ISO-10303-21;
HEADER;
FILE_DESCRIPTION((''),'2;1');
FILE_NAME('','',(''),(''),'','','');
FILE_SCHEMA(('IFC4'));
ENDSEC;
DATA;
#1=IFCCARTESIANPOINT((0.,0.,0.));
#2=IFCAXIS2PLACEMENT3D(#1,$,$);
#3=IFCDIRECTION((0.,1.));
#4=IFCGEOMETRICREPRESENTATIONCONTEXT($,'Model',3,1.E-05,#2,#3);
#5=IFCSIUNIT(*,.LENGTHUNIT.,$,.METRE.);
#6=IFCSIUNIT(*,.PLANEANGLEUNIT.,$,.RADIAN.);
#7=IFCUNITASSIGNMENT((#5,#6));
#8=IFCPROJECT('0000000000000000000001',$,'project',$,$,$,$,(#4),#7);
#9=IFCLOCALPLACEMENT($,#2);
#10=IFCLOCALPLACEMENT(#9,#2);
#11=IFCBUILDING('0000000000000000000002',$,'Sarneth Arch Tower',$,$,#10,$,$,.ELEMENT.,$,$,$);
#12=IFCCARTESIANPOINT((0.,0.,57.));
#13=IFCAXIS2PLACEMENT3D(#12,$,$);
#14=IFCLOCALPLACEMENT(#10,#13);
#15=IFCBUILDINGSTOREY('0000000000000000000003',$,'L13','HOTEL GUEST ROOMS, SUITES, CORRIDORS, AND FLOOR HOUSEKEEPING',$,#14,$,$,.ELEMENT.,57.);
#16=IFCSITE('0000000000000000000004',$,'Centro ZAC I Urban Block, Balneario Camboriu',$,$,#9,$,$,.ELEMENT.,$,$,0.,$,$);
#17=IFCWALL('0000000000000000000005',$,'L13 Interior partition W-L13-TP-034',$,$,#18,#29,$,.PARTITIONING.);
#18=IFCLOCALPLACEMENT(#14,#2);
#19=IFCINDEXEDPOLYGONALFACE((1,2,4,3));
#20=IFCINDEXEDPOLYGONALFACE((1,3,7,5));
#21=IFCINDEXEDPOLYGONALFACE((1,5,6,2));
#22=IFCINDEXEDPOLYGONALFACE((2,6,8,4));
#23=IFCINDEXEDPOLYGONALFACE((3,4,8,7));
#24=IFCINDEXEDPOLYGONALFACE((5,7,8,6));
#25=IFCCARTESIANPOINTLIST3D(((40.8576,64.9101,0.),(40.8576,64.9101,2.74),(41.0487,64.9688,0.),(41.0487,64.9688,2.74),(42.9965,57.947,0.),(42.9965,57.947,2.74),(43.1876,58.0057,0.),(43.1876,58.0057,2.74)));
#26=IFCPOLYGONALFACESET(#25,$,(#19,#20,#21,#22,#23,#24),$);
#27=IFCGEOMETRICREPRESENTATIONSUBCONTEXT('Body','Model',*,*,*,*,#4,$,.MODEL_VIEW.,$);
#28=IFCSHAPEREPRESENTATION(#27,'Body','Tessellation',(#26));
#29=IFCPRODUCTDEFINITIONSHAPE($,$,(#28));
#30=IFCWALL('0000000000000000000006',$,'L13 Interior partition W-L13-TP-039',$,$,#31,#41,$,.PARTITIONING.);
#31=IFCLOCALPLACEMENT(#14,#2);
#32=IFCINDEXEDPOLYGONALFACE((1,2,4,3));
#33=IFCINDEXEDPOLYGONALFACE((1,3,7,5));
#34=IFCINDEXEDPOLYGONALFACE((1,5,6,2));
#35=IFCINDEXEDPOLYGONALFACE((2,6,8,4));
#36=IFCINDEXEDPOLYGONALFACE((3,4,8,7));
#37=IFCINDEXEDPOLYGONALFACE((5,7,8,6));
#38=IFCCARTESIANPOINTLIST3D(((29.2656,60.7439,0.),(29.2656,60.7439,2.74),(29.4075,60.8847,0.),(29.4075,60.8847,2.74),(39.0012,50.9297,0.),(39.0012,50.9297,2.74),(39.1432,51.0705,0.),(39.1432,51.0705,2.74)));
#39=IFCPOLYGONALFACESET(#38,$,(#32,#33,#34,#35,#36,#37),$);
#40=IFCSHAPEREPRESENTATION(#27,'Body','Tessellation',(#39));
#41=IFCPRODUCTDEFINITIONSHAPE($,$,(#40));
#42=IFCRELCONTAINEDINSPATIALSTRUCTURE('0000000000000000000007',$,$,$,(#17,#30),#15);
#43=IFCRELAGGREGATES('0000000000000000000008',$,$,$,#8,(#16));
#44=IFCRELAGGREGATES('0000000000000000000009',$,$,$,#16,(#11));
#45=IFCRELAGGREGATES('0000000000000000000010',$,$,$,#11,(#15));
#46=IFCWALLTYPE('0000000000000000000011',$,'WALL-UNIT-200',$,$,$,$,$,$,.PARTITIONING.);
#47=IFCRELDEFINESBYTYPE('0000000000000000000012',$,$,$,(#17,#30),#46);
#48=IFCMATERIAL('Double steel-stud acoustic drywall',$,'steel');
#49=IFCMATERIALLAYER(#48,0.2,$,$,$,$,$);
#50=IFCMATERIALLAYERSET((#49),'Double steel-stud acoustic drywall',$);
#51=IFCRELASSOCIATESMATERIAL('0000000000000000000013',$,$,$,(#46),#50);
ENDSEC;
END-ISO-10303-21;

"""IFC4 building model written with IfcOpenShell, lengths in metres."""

from ifc_helpers import new_model, si_unit, direction, frame, frame_2d, origin, place, context, subcontext, project, spatial, rectangle, extrude, material, layer, layer_set, type_object, element, save


model = new_model("IFC4")

# Units and contexts
model_context = context("Model", 3, precision=1e-05, world=origin(), true_north=direction((0.0, 1.0)))
body_context = subcontext(model_context, "Body", "Model", "MODEL_VIEW")
ifc_project = project(units=[si_unit("LENGTHUNIT", "METRE"), si_unit("PLANEANGLEUNIT", "RADIAN")], contexts=[model_context])

# Site, building, storey
site_placement = place(None, origin())
site = spatial("IfcSite", under=ifc_project, at=site_placement, Name="Centro ZAC I Urban Block, Balneario Camboriu", CompositionType="ELEMENT", RefElevation=0.0)
building_placement = place(site_placement, origin())
building = spatial("IfcBuilding", under=site, at=building_placement, Name="Sarneth Arch Tower", CompositionType="ELEMENT")
storey_placement = place(building_placement, frame((0.0, 0.0, 57.0)))
storey = spatial("IfcBuildingStorey", under=building, at=storey_placement, Name="L13", Description="HOTEL GUEST ROOMS, SUITES, CORRIDORS, AND FLOOR HOUSEKEEPING", CompositionType="ELEMENT", Elevation=57.0)

# Walls
ifc_material_1 = material(Name="Double steel-stud acoustic drywall", Category="steel")
ifc_layer_1 = layer(ifc_material_1, 0.2)
ifc_layer_set_1 = layer_set([ifc_layer_1], Name="Double steel-stud acoustic drywall")
wall_type_1 = type_object("IfcWallType", Name="WALL-UNIT-200", PredefinedType="PARTITIONING", material=ifc_layer_set_1)
wall_1_placement = place(storey_placement, frame((40.9531, 64.9395, 0.0), z_axis=(0.0, 0.0, 1.0), x_axis=(0.293636, -0.955917, 0.0)))
element("IfcWall", 1, at=wall_1_placement, inside=storey, type_object=wall_type_1, Name="L13 Interior partition W-L13-TP-034", PredefinedType="PARTITIONING", context=body_context, shape_type="SweptSolid", body=[
    extrude(rectangle(XDim=7.2842, YDim=0.2, at=frame_2d((3.6421, 0.0))), origin(), (0.0, 0.0, 1.0), 2.74),
])
wall_2_placement = place(storey_placement, frame((39.0723, 51.0, 0.0), z_axis=(0.0, 0.0, 1.0), x_axis=(-0.704258, 0.709944, 0.0)))
element("IfcWall", 2, at=wall_2_placement, inside=storey, type_object=wall_type_1, Name="L13 Interior partition W-L13-TP-039", PredefinedType="PARTITIONING", context=body_context, shape_type="SweptSolid", body=[
    extrude(rectangle(XDim=13.824, YDim=0.2, at=frame_2d((6.9121, 0.0))), origin(), (0.0, 0.0, 1.0), 2.74),
])

save(model, "model.ifc")
